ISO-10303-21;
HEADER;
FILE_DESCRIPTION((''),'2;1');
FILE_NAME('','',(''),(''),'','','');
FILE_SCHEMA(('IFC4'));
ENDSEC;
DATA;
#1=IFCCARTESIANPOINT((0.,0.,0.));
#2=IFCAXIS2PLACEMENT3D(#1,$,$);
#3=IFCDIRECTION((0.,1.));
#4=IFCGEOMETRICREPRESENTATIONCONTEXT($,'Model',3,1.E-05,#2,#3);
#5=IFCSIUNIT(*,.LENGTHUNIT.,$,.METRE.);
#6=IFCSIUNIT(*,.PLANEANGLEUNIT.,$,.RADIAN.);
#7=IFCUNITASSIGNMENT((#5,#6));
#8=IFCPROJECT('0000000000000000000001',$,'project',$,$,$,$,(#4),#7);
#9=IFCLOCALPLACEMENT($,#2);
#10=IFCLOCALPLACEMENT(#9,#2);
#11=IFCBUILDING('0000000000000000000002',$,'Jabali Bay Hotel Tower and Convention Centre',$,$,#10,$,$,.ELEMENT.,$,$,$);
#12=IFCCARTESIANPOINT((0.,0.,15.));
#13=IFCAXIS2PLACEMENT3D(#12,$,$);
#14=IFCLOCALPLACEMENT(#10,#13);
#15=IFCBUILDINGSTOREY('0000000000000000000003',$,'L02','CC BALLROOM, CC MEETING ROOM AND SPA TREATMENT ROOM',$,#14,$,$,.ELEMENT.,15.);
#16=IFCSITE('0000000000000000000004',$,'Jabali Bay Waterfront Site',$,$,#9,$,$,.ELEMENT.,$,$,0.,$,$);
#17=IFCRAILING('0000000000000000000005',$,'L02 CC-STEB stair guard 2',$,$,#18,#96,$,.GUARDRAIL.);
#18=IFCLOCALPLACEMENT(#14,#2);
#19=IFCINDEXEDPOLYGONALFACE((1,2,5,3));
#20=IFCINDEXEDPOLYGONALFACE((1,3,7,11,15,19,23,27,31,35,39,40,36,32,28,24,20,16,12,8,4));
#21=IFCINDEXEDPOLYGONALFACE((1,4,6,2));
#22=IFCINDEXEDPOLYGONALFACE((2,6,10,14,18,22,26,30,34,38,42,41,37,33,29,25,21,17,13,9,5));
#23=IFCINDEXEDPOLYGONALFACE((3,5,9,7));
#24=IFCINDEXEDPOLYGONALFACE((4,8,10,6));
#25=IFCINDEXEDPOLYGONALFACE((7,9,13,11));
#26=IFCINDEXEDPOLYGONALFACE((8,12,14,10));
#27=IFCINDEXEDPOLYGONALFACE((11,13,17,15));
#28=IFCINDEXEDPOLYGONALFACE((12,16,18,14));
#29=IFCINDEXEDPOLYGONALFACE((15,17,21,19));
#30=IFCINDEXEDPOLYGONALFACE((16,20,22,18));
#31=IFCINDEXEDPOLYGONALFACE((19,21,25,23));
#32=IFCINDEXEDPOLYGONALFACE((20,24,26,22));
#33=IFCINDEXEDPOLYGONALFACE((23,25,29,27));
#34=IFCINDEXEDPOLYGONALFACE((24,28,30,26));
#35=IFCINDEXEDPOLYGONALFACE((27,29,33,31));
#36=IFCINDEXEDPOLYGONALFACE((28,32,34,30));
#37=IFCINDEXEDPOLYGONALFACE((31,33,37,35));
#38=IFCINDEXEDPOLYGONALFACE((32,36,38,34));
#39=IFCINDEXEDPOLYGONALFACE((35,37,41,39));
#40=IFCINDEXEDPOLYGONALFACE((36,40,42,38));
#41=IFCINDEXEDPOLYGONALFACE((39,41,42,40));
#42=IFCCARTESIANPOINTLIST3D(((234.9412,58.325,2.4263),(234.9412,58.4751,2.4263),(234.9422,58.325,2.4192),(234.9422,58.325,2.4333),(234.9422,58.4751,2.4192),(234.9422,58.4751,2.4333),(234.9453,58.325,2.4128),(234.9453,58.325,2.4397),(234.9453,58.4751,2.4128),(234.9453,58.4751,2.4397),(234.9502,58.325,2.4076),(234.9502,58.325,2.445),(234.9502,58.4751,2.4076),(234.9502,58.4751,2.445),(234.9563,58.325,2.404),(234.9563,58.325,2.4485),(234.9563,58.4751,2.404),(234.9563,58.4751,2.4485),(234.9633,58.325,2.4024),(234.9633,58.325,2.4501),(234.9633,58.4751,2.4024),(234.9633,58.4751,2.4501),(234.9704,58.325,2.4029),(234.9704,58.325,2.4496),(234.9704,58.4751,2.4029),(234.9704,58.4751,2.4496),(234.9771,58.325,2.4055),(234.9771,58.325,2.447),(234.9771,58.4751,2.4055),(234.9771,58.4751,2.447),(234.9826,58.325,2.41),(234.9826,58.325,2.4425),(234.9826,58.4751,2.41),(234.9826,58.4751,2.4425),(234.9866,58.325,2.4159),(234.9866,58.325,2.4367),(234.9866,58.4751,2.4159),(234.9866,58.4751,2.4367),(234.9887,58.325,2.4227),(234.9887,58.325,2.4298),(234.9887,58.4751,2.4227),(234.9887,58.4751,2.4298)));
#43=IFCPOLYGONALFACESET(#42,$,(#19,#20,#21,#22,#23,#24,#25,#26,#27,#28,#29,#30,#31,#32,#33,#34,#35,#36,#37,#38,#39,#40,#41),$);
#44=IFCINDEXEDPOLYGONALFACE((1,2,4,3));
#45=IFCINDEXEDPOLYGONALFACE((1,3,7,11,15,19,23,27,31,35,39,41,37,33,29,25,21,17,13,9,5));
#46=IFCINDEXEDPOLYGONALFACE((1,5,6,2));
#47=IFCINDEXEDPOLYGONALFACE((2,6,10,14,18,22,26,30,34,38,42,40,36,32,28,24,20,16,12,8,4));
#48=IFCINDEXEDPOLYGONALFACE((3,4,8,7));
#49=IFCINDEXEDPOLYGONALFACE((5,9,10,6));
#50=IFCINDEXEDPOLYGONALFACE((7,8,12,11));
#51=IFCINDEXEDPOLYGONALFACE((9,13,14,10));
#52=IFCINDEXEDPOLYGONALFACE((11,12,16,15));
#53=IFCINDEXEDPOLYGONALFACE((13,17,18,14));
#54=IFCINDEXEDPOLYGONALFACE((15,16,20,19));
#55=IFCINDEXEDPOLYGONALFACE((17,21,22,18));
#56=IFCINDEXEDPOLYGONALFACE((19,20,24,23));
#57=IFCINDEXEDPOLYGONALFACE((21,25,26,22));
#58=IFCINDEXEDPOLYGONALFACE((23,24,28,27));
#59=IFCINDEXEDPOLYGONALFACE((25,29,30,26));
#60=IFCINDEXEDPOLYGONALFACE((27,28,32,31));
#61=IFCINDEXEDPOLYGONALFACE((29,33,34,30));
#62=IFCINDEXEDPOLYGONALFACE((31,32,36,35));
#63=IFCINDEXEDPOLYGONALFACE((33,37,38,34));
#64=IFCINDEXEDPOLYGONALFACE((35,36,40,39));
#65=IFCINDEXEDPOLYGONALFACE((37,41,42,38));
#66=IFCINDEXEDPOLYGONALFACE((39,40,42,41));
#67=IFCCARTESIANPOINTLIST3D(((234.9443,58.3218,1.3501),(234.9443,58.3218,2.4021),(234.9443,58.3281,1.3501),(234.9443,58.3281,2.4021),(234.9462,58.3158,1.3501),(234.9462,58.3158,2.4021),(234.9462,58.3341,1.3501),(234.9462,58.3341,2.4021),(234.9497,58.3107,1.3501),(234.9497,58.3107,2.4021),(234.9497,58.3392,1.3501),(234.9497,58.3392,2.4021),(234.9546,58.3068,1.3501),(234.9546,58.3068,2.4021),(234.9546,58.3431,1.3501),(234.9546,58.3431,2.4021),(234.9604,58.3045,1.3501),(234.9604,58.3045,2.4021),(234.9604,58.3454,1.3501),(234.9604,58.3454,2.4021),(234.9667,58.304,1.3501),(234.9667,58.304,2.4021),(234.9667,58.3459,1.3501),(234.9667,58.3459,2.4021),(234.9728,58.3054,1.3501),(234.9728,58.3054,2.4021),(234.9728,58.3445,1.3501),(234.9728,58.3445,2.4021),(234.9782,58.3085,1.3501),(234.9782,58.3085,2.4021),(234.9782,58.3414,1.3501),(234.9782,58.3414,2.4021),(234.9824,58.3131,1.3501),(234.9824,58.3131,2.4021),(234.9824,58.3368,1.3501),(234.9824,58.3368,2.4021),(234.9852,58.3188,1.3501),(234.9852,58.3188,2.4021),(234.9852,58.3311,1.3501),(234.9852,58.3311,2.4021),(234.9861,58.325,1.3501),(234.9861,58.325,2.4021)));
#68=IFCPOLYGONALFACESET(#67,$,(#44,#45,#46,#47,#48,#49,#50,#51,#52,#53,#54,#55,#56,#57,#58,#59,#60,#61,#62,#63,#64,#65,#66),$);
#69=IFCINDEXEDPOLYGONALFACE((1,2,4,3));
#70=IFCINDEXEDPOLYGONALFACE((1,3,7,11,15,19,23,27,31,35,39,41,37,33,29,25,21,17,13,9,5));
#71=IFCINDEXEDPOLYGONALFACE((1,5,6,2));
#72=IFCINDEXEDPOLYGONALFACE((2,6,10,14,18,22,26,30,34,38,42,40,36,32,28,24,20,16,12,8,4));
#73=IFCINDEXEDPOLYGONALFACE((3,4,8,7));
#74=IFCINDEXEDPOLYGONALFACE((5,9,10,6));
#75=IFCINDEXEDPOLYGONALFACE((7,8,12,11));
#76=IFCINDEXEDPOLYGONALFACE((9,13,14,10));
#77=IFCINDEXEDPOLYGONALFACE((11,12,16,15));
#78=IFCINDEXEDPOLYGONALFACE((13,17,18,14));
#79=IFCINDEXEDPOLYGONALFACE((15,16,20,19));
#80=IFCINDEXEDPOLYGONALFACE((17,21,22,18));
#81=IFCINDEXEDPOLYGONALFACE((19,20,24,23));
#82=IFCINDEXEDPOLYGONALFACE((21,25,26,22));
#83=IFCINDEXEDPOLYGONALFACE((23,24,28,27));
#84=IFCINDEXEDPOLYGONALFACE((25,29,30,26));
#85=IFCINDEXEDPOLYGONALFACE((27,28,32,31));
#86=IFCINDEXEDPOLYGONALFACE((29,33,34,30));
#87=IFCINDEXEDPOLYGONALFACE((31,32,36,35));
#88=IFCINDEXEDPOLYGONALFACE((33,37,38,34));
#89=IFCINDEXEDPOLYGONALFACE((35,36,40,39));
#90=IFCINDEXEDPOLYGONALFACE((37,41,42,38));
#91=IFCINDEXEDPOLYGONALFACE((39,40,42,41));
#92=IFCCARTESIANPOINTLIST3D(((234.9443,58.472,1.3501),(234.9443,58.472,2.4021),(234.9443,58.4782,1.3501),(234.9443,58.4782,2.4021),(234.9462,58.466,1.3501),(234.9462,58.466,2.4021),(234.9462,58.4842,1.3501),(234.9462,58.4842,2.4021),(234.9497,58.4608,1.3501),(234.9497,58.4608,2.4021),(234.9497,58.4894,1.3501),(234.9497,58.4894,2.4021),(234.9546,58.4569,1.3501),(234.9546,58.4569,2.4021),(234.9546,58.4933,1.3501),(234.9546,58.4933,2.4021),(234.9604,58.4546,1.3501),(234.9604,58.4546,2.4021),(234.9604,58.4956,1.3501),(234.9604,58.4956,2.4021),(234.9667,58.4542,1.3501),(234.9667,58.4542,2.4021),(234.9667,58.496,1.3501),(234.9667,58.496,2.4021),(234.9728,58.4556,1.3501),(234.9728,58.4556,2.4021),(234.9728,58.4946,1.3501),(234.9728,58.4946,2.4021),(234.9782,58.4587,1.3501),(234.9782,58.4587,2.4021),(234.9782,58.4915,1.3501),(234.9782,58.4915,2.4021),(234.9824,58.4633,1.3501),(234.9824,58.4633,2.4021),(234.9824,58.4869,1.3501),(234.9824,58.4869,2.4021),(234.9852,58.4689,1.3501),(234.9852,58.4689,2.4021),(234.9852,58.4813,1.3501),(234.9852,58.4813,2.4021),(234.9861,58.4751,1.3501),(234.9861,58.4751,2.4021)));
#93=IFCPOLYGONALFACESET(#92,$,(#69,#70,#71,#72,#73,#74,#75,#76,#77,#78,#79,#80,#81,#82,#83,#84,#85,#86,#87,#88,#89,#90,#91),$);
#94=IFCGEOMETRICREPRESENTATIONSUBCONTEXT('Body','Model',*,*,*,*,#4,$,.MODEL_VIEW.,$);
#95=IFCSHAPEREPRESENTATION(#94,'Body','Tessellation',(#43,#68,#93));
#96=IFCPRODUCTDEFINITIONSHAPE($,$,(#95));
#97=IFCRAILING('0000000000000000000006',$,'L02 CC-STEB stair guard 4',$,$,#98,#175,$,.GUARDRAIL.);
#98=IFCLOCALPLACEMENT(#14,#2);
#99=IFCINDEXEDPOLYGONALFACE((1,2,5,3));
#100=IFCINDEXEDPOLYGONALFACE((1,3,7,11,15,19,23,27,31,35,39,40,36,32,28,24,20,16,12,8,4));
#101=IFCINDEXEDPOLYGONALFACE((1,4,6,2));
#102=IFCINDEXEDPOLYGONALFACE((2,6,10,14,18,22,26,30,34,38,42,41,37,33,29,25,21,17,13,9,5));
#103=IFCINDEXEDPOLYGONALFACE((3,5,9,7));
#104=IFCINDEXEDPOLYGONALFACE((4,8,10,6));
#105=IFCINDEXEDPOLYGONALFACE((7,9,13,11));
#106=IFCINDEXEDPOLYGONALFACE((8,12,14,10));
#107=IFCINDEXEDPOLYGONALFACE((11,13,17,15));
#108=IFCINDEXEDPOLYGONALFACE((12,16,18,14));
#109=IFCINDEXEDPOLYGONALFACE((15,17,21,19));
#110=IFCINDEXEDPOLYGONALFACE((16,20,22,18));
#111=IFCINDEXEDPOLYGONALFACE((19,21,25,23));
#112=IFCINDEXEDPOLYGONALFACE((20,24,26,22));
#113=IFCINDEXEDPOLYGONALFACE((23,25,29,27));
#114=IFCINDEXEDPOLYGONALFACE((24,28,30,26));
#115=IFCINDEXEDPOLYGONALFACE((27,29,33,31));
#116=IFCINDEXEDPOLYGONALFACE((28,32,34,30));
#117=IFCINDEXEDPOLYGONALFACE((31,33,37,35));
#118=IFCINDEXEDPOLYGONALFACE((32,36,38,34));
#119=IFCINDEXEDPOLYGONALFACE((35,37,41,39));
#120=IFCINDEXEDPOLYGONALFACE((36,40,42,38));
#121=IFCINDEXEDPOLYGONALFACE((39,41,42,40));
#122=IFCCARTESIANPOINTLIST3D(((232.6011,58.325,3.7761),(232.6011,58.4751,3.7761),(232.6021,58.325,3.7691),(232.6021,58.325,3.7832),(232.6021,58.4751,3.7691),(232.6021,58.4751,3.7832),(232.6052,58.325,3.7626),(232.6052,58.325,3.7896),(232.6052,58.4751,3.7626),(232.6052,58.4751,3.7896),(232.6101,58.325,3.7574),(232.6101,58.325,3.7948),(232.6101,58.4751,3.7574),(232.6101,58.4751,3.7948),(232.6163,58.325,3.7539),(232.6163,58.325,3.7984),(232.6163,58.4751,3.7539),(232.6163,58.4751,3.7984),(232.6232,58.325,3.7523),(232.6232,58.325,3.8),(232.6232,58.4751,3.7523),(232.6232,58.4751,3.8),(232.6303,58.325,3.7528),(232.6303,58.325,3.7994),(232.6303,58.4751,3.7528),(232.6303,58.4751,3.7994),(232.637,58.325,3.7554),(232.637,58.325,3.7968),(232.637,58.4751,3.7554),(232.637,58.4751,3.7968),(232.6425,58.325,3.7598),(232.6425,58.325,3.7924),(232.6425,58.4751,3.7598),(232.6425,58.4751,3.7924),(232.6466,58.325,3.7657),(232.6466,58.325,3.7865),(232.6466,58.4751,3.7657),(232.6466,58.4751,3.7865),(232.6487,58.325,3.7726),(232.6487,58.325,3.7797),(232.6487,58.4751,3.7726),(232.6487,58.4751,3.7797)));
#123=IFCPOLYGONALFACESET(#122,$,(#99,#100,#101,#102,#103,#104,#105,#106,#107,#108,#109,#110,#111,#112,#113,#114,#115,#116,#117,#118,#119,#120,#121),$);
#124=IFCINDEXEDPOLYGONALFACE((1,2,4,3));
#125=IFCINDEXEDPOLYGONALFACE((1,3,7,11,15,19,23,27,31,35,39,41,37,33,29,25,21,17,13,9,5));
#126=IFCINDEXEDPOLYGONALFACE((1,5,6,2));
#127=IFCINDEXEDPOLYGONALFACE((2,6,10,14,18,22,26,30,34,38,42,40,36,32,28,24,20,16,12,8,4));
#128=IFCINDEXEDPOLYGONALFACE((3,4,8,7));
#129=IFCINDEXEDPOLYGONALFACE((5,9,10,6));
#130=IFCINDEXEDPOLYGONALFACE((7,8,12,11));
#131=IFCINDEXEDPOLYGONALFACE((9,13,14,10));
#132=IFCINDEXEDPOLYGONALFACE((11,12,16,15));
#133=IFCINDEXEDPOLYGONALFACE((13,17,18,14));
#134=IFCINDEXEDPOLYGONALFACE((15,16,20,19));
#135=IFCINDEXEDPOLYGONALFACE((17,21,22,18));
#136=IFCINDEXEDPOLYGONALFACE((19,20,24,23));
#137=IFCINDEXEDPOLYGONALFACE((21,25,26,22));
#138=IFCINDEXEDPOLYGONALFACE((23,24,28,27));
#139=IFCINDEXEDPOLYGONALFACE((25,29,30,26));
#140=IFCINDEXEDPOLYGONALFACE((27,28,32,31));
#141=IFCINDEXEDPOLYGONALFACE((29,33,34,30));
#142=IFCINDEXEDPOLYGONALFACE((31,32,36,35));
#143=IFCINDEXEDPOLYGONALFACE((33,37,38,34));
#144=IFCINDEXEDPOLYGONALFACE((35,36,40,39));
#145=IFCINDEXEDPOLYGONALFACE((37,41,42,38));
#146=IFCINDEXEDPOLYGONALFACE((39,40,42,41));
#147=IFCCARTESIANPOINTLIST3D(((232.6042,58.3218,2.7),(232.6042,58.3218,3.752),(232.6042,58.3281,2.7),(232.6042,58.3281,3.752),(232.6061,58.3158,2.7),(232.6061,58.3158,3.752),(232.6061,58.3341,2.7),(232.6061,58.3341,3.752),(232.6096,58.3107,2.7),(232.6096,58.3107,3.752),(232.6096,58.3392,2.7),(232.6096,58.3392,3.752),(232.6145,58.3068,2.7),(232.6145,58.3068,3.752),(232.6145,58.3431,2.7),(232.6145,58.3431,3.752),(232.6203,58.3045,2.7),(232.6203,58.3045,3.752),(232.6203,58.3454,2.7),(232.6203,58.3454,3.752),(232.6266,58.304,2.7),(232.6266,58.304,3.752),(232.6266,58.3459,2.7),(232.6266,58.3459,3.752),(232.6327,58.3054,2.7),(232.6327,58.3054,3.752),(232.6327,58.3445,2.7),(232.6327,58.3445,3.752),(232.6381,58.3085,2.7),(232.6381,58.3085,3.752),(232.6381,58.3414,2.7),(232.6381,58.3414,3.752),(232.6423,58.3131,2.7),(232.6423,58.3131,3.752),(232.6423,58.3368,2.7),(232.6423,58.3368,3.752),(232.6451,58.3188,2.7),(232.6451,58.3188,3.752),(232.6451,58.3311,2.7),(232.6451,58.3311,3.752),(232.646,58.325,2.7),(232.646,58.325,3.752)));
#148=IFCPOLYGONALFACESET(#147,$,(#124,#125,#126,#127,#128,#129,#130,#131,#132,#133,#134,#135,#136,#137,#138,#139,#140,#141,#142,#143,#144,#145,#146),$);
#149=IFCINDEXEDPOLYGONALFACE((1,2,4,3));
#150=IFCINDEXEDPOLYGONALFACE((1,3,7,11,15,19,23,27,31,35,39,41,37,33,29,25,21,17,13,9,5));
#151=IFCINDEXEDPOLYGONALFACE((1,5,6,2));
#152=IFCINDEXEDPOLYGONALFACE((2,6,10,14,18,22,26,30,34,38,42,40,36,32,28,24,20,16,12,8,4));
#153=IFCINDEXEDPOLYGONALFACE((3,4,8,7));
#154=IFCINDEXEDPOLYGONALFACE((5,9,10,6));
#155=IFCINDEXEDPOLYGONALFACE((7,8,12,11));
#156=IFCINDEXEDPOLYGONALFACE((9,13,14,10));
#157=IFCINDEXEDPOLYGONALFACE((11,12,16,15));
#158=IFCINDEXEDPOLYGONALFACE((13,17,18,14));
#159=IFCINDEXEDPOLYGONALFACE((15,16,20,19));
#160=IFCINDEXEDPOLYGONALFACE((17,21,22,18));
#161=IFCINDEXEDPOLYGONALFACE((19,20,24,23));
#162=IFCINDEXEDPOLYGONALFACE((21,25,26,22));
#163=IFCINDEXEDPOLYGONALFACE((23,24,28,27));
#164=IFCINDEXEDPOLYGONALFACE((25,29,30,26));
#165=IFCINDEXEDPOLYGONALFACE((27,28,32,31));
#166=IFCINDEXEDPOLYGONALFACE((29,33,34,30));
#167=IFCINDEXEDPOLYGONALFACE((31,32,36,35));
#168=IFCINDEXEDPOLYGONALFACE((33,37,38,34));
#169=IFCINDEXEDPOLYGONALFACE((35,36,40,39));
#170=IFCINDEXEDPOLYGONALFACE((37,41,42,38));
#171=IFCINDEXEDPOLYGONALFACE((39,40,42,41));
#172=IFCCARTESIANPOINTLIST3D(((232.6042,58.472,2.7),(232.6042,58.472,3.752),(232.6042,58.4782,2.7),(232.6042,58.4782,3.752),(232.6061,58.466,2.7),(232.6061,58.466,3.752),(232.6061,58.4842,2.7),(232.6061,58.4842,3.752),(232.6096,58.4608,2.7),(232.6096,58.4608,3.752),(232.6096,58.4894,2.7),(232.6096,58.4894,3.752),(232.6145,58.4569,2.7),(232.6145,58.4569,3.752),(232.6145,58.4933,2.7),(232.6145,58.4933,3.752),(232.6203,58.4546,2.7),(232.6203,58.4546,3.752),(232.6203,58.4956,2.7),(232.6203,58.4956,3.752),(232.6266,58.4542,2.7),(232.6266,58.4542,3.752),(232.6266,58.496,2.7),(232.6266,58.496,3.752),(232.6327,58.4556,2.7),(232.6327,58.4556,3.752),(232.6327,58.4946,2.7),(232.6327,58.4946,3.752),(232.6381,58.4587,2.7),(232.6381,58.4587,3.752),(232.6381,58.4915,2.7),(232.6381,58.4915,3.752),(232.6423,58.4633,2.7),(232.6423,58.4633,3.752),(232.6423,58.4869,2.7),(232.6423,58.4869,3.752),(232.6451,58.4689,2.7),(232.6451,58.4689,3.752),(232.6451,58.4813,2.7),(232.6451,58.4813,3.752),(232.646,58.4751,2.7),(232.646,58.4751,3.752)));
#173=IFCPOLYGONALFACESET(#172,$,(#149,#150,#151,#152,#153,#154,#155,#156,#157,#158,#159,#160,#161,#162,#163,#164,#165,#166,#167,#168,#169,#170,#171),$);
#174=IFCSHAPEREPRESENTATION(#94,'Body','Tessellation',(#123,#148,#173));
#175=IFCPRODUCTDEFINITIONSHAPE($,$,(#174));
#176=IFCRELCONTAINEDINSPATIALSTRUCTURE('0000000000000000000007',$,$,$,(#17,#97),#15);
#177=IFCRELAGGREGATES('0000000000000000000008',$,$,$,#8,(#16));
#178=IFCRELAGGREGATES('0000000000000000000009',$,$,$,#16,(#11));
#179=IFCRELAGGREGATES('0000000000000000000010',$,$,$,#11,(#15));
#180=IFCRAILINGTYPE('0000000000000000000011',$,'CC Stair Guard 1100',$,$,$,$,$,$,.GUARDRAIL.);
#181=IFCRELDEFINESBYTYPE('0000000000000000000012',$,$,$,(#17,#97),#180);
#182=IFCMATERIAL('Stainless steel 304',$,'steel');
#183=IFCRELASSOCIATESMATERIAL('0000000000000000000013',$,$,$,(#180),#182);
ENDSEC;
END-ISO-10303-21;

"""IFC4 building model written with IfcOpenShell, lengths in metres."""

from ifc_helpers import new_model, si_unit, direction, frame, origin, origin_2d, place, context, subcontext, project, spatial, circle, extrude, material, type_object, element, save


model = new_model("IFC4")

# Units and contexts
model_context = context("Model", 3, precision=1e-05, world=origin(), true_north=direction((0.0, 1.0)))
body_context = subcontext(model_context, "Body", "Model", "MODEL_VIEW")
ifc_project = project(units=[si_unit("LENGTHUNIT", "METRE"), si_unit("PLANEANGLEUNIT", "RADIAN")], contexts=[model_context])

# Site, building, storey
site_placement = place(None, origin())
site = spatial("IfcSite", under=ifc_project, at=site_placement, Name="Jabali Bay Waterfront Site", CompositionType="ELEMENT", RefElevation=0.0)
building_placement = place(site_placement, origin())
building = spatial("IfcBuilding", under=site, at=building_placement, Name="Jabali Bay Hotel Tower and Convention Centre", CompositionType="ELEMENT")
storey_placement = place(building_placement, frame((0.0, 0.0, 15.0)))
storey = spatial("IfcBuildingStorey", under=building, at=storey_placement, Name="L02", Description="CC BALLROOM, CC MEETING ROOM AND SPA TREATMENT ROOM", CompositionType="ELEMENT", Elevation=15.0)

# Railings
ifc_material_1 = material(Name="Stainless steel 304", Category="steel")
railing_type_1 = type_object("IfcRailingType", Name="CC Stair Guard 1100", PredefinedType="GUARDRAIL", material=ifc_material_1)
for number, where, name in (
    (1, (234.9651, 58.325, 1.3501), "L02 CC-STEB stair guard 2"),
    (2, (232.625, 58.325, 2.7), "L02 CC-STEB stair guard 4"),
):
    element("IfcRailing", number, at=place(storey_placement, frame(where)), inside=storey, type_object=railing_type_1, Name=name, PredefinedType="GUARDRAIL", context=body_context, shape_type="SweptSolid", body=[
        extrude(circle(Radius=0.0239, at=origin_2d()), frame((0.0, 0.0, 1.0762), z_axis=(0.0, 1.0, 0.0), x_axis=(-1.0, 0.0, 0.0)), (0.0, 0.0, 1.0), 0.1501),
        extrude(circle(Radius=0.021, at=origin_2d()), origin(), (0.0, 0.0, 1.0), 1.052),
        extrude(circle(Radius=0.021, at=origin_2d()), frame((0.0, 0.1501, 0.0)), (0.0, 0.0, 1.0), 1.052),
    ])

save(model, "model.ifc")
